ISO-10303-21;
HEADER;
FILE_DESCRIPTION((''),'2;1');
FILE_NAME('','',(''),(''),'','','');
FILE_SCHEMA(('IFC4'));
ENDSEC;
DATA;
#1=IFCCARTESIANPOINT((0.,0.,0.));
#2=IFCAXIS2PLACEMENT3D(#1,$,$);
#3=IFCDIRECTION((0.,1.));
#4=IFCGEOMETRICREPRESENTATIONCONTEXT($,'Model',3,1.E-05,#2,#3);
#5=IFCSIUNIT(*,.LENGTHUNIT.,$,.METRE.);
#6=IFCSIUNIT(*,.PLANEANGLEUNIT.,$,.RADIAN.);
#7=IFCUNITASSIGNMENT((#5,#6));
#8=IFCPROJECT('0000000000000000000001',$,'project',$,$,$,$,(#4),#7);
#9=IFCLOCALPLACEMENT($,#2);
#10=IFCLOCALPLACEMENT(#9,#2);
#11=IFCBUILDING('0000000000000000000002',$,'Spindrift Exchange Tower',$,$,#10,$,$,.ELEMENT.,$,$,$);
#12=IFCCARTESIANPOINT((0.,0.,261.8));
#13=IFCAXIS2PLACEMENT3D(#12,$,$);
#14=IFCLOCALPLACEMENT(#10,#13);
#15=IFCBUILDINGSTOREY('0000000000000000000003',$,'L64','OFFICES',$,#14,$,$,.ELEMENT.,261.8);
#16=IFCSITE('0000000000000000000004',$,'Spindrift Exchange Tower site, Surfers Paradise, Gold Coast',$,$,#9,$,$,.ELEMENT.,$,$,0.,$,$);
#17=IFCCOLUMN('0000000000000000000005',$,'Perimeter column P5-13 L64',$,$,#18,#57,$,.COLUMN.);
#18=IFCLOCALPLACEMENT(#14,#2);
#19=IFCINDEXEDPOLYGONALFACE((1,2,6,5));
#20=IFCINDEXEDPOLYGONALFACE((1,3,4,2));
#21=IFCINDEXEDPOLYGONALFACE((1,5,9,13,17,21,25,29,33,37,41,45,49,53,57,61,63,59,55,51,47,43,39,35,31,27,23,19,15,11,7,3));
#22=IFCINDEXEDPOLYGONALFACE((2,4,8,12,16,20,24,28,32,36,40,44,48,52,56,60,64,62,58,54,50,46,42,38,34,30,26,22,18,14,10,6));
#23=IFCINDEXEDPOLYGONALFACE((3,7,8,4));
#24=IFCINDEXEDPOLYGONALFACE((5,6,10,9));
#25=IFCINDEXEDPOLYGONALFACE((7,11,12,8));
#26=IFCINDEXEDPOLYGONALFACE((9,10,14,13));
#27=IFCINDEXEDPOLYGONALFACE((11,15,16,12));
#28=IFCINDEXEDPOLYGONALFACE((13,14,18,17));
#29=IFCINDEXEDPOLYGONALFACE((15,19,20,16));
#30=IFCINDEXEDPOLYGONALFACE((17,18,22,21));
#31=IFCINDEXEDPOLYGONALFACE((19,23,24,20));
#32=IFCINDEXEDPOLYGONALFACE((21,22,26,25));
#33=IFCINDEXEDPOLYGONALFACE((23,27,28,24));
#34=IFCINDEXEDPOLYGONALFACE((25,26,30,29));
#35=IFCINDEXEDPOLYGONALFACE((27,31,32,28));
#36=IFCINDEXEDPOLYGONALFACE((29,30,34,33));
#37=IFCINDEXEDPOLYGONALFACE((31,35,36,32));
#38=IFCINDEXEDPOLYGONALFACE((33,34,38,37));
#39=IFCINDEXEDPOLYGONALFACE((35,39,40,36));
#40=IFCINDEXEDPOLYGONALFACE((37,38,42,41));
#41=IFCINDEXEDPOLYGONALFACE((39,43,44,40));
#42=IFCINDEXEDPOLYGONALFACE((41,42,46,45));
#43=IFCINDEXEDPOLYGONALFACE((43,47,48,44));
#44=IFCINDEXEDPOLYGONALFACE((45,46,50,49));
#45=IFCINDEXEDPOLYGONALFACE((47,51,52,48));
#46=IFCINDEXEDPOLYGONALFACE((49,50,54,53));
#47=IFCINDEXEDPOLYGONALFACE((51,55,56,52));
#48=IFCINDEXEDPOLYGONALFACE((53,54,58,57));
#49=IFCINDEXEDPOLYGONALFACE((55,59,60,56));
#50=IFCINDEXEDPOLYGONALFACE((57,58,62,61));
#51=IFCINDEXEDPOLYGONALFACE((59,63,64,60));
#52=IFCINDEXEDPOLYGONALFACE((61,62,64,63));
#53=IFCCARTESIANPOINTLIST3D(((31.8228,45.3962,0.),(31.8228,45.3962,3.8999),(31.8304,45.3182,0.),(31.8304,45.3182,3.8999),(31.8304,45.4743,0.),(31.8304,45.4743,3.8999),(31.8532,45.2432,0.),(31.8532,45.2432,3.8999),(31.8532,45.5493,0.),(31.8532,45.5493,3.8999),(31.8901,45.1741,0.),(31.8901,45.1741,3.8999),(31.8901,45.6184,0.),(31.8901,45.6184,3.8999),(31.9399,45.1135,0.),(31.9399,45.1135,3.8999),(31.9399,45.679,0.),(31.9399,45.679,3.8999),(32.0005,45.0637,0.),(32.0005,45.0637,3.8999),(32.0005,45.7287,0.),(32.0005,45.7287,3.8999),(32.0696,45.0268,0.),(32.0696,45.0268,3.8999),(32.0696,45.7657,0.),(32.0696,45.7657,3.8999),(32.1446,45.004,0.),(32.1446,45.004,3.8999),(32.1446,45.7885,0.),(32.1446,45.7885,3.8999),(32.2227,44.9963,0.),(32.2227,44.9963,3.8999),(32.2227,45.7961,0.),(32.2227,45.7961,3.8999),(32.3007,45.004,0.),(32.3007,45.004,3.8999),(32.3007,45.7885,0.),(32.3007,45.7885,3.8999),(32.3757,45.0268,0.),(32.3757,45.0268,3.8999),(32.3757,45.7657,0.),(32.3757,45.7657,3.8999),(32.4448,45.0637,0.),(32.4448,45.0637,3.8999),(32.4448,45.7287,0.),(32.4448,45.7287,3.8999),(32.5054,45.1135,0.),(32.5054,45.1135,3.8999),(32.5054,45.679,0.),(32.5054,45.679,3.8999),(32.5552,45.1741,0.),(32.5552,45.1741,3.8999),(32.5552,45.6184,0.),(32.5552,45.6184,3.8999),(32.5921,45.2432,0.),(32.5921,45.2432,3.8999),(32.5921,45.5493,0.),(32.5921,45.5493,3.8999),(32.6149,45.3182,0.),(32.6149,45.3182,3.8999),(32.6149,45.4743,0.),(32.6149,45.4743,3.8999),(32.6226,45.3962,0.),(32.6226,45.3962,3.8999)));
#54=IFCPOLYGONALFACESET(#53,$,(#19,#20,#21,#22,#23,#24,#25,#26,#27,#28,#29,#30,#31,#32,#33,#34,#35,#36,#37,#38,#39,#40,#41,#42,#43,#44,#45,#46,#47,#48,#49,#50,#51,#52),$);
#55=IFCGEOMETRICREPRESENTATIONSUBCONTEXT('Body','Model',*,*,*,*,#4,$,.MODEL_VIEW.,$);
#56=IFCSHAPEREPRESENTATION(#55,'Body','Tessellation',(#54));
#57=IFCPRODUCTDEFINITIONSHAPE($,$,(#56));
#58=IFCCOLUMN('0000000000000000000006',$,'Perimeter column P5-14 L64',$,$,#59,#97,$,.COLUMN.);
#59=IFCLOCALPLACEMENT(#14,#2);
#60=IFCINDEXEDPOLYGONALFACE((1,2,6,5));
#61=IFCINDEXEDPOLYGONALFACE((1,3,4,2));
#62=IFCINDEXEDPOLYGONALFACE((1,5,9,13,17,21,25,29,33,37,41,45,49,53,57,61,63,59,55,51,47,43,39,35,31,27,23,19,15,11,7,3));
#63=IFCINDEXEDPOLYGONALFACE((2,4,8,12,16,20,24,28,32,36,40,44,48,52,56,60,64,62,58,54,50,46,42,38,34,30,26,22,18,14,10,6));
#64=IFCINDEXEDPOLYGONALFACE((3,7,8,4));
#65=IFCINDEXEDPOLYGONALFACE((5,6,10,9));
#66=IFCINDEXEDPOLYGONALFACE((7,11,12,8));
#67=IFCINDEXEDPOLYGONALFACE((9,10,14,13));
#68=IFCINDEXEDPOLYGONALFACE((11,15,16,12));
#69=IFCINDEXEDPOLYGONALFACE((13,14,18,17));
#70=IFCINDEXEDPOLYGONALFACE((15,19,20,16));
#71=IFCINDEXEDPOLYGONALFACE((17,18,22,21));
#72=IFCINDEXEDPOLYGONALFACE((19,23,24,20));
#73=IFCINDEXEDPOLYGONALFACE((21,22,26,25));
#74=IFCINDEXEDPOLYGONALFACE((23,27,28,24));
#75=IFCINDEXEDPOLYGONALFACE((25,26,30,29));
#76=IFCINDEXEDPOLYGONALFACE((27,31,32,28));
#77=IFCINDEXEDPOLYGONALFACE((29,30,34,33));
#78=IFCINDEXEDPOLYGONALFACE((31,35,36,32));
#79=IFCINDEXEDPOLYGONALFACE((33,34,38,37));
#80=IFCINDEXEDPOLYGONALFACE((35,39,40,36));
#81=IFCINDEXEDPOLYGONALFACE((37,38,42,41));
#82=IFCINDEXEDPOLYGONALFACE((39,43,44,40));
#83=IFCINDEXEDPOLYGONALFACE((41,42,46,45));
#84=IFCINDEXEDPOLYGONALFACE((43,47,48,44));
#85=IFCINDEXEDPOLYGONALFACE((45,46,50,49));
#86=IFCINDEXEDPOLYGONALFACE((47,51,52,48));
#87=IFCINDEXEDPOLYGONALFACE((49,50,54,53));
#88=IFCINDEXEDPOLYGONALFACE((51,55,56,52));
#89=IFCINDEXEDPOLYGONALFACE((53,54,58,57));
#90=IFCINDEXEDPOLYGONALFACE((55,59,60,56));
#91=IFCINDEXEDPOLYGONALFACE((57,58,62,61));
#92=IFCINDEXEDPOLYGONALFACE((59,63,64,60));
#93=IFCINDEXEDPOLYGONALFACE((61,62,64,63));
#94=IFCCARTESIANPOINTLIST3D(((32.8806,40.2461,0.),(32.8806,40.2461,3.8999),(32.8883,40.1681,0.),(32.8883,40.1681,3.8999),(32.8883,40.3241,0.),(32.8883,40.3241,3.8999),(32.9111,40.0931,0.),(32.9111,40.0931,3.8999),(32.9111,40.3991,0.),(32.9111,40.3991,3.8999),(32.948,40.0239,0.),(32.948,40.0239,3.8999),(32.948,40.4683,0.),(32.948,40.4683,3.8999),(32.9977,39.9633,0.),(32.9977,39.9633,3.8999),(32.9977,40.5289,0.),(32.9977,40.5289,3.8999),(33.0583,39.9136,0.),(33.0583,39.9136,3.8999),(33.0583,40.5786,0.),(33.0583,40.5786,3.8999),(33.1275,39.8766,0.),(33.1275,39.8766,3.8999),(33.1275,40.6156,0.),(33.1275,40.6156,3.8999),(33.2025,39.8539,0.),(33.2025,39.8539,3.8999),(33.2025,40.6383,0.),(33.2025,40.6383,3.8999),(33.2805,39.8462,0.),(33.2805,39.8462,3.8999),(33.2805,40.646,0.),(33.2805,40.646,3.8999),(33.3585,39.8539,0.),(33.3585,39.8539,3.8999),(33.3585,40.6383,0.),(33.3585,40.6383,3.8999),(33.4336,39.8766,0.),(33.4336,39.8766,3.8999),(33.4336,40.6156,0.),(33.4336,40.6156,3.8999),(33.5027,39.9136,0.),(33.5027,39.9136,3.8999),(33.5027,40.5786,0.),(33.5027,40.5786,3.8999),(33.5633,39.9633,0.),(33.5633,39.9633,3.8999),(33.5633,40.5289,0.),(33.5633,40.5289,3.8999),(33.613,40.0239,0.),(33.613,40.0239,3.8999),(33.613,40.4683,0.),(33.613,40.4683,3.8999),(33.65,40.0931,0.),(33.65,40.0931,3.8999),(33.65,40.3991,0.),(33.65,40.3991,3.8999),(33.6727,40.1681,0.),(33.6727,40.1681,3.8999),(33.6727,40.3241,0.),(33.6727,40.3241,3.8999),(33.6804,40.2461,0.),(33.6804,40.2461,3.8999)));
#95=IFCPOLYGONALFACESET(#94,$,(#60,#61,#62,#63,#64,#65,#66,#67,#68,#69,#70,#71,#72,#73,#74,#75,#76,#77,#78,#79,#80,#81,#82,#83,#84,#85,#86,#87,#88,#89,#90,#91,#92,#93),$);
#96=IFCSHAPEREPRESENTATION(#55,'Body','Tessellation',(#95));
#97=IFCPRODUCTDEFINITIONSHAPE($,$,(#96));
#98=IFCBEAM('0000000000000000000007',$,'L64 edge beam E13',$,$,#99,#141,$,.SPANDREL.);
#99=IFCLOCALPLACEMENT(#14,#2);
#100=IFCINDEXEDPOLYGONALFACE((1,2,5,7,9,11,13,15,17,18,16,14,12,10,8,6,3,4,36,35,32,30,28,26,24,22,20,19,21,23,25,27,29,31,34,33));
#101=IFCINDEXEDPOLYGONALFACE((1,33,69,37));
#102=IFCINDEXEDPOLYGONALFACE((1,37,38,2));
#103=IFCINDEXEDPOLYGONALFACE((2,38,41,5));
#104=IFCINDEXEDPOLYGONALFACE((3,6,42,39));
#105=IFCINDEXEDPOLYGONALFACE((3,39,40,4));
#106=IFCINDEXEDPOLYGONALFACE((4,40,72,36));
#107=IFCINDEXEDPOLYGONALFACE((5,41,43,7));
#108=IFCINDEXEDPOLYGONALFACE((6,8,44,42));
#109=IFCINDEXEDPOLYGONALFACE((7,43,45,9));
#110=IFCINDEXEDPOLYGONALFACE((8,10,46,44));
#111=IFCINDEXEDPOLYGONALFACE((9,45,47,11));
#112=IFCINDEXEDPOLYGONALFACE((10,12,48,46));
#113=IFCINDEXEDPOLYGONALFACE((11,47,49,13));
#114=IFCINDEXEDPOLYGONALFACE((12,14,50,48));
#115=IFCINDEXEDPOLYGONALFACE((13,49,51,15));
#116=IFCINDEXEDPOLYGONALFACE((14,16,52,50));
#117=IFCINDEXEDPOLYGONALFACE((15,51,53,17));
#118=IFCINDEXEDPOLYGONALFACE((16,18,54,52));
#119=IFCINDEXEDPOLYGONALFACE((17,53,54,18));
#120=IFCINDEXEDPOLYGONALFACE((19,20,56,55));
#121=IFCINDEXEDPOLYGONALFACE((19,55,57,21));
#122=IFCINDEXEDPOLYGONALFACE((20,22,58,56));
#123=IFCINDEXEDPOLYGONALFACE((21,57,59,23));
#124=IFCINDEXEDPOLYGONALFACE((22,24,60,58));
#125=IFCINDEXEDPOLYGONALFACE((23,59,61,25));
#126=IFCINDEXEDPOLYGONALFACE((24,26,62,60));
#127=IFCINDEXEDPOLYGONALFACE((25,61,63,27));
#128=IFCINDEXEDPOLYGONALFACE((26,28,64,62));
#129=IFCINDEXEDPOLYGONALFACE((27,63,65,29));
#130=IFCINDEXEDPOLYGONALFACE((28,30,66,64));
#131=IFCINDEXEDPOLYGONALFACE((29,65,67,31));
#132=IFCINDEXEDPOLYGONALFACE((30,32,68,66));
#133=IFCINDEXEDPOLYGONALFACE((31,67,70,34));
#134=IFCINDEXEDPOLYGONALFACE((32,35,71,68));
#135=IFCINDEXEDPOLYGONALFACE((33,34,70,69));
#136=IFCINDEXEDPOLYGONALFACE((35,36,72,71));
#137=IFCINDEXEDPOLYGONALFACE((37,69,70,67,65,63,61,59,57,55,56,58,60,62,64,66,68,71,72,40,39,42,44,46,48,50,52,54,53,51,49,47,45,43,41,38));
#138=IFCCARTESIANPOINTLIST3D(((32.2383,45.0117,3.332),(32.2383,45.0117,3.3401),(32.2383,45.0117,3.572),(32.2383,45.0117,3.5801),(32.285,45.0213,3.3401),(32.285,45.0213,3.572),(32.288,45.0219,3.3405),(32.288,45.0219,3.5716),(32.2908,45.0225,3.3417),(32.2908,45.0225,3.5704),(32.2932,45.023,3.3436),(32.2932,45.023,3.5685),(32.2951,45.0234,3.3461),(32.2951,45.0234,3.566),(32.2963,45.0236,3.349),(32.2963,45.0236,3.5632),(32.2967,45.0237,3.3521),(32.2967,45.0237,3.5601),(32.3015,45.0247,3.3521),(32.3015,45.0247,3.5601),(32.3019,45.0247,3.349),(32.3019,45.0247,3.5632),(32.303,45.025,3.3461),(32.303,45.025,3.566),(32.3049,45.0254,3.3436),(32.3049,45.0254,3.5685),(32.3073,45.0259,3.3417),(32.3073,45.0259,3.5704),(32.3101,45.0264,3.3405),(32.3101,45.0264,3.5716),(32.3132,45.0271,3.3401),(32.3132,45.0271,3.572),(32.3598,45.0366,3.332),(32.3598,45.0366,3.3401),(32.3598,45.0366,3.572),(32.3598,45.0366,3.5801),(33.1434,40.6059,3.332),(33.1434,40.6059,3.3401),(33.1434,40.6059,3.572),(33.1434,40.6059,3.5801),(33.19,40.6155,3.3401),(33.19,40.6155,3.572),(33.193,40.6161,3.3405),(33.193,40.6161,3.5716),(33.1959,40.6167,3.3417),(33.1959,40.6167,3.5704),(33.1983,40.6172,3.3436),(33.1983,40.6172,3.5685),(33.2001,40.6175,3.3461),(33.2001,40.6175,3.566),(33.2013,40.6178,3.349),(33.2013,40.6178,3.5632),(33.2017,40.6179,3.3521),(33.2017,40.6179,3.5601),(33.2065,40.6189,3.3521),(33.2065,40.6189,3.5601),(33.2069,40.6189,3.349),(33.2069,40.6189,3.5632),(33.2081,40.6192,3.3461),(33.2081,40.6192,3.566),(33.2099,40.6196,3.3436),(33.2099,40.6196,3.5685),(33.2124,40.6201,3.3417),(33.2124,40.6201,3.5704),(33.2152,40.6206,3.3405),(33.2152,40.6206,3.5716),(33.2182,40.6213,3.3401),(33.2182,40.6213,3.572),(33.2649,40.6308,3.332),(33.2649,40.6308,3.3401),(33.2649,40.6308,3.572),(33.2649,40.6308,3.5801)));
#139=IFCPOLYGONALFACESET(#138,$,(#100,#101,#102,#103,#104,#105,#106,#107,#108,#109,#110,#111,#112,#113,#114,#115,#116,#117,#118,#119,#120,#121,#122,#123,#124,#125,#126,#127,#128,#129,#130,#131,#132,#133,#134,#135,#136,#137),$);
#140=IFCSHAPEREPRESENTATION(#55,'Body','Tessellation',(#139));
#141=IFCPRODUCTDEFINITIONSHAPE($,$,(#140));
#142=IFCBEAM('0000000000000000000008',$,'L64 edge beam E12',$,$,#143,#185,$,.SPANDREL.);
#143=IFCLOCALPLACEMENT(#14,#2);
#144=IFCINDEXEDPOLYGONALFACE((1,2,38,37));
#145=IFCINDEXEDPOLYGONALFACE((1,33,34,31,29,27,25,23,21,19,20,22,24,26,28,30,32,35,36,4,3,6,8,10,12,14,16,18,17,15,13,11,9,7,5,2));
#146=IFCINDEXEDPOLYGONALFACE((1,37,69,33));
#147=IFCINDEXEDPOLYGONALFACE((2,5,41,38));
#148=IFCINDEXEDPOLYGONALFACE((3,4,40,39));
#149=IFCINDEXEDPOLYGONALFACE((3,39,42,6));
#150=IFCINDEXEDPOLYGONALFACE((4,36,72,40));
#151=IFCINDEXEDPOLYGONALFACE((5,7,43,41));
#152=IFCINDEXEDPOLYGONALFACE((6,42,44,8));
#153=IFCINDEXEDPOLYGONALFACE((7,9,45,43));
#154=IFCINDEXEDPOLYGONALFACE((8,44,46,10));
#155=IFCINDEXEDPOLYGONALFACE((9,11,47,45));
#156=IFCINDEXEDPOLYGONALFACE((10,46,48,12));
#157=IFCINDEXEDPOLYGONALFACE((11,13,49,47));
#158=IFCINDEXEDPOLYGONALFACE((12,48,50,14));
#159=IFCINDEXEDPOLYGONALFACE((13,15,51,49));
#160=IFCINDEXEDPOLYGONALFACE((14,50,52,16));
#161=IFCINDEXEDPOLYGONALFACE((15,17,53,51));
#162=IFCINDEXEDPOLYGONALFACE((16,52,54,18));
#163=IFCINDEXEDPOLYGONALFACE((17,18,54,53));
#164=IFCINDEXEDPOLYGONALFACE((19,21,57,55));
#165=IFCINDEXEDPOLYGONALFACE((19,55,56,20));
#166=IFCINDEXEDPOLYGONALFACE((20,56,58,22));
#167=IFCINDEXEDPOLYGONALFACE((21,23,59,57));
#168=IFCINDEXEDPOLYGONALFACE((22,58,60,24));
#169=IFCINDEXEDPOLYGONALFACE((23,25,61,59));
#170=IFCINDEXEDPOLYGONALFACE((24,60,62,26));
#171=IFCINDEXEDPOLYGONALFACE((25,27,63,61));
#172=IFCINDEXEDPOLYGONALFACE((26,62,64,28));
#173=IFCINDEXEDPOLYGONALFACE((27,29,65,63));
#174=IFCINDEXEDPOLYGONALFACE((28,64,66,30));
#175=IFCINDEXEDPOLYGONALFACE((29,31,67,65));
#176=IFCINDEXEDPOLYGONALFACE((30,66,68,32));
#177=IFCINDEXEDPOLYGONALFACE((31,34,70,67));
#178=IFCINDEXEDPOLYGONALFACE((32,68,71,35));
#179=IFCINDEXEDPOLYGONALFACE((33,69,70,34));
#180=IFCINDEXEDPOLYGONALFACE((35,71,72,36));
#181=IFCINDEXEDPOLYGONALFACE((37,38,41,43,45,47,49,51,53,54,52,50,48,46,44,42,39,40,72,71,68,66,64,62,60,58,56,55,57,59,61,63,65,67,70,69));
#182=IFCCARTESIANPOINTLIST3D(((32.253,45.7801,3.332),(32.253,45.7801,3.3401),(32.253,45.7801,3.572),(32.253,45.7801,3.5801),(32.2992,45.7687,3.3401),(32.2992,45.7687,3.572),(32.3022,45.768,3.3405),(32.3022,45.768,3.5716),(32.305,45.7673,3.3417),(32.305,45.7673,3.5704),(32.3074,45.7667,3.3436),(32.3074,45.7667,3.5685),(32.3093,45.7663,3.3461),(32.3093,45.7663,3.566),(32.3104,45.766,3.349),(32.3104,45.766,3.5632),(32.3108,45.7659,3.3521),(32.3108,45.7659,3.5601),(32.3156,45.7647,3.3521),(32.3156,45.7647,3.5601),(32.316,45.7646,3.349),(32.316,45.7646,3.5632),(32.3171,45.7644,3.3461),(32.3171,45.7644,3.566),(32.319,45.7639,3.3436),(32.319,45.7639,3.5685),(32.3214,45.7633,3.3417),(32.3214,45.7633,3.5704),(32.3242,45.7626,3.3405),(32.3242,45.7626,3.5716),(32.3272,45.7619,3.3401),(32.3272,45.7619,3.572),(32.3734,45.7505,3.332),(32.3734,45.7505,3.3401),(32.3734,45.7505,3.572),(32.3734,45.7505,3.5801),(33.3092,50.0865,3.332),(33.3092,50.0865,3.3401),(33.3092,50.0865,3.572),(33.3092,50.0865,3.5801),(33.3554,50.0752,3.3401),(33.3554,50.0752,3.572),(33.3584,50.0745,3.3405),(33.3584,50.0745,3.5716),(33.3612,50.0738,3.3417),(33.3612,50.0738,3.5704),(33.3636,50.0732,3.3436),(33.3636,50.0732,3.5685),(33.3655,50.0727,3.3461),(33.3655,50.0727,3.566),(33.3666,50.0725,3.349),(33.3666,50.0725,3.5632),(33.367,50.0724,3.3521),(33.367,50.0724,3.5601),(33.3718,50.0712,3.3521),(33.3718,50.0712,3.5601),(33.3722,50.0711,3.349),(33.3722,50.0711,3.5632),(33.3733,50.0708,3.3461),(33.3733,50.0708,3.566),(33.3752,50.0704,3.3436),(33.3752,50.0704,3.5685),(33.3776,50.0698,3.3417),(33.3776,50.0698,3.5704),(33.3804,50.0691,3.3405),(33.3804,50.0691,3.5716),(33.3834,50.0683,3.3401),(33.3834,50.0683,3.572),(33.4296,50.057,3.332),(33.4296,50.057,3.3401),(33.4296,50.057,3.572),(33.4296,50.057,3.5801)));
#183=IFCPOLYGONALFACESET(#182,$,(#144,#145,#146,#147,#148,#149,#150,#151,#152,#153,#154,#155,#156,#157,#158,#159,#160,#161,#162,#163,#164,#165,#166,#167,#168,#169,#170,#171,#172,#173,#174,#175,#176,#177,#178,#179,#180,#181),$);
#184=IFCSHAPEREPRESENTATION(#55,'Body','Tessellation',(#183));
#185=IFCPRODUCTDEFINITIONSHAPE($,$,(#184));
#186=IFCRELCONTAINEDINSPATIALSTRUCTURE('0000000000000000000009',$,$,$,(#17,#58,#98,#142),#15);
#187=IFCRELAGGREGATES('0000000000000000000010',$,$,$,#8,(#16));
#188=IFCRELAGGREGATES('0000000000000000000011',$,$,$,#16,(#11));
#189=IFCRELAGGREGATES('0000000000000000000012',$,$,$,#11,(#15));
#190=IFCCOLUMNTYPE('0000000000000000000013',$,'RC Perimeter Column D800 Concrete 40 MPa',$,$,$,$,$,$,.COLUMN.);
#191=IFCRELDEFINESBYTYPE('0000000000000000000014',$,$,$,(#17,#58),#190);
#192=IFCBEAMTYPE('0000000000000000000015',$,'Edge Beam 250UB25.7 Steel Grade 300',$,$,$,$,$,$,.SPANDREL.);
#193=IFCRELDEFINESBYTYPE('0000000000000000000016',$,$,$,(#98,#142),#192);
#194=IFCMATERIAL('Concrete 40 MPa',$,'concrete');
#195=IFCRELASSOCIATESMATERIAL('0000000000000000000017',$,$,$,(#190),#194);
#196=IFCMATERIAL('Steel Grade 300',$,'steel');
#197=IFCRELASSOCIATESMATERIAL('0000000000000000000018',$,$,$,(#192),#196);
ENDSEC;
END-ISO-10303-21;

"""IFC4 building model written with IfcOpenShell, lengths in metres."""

from ifc_helpers import new_model, si_unit, direction, frame, origin, origin_2d, place, context, subcontext, project, spatial, circle, i_section, extrude, source, transform, mapped, material, material_profile, profile_set, type_object, element, save


model = new_model("IFC4")

# Units and contexts
model_context = context("Model", 3, precision=1e-05, world=origin(), true_north=direction((0.0, 1.0)))
body_context = subcontext(model_context, "Body", "Model", "MODEL_VIEW")
ifc_project = project(units=[si_unit("LENGTHUNIT", "METRE"), si_unit("PLANEANGLEUNIT", "RADIAN")], contexts=[model_context])

# Site, building, storey
site_placement = place(None, origin())
site = spatial("IfcSite", under=ifc_project, at=site_placement, Name="Spindrift Exchange Tower site, Surfers Paradise, Gold Coast", CompositionType="ELEMENT", RefElevation=0.0)
building_placement = place(site_placement, origin())
building = spatial("IfcBuilding", under=site, at=building_placement, Name="Spindrift Exchange Tower", CompositionType="ELEMENT")
storey_placement = place(building_placement, frame((0.0, 0.0, 261.8)))
storey = spatial("IfcBuildingStorey", under=building, at=storey_placement, Name="L64", Description="OFFICES", CompositionType="ELEMENT", Elevation=261.8)

# Columns
ifc_material_1 = material(Name="Concrete 40 MPa", Category="concrete")
ifc_material_profile_1 = material_profile(ifc_material_1, circle(Radius=0.3999, at=origin_2d()), Name="RC D800")
ifc_profile_set_1 = profile_set([ifc_material_profile_1], Name="Concrete 40 MPa")
column_type = type_object("IfcColumnType", Name="RC Perimeter Column D800 Concrete 40 MPa", PredefinedType="COLUMN", material=ifc_profile_set_1)
shared_shape_1 = source(origin(), body_context, "Body", "SweptSolid", [
    extrude(circle(Radius=0.3999, at=origin_2d()), origin(), (0.0, 0.0, 1.0), 3.8999),
])
for number, where, z_axis, x_axis, name in (
    (1, (32.2227, 45.3962, 0.0), (0.0, 0.0, 1.0), (1.0, 0.0, 0.0), "Perimeter column P5-13 L64"),
    (2, (33.2805, 40.2461, 0.0), (0.0, 0.0, 1.0), (1.0, 0.0, 0.0), "Perimeter column P5-14 L64"),
):
    element("IfcColumn", number, at=place(storey_placement, frame(where, z_axis=z_axis, x_axis=x_axis)), inside=storey, type_object=column_type, Name=name, PredefinedType="COLUMN", context=body_context, shape_type="MappedRepresentation", body=[
        mapped(shared_shape_1, transform((0.0, 0.0, 0.0), scale=1.0)),
    ])

# Beams
ifc_material_2 = material(Name="Steel Grade 300", Category="steel")
ifc_material_profile_2 = material_profile(ifc_material_2, i_section(OverallWidth=0.124, OverallDepth=0.248, WebThickness=0.0049, FlangeThickness=0.0081, FilletRadius=0.012, at=origin_2d()), Name="250UB25.7")
ifc_profile_set_2 = profile_set([ifc_material_profile_2], Name="Steel Grade 300")
beam_type_1 = type_object("IfcBeamType", Name="Edge Beam 250UB25.7 Steel Grade 300", PredefinedType="SPANDREL", material=ifc_profile_set_2)
shared_shape_2 = source(origin(), body_context, "Body", "SweptSolid", [
    extrude(i_section(OverallWidth=0.124, OverallDepth=0.248, WebThickness=0.0049, FlangeThickness=0.0081, FilletRadius=0.012, at=origin_2d()), origin(), (0.0, 0.0, 1.0), 4.4978),
])
beam_1_placement = place(storey_placement, frame((32.2991, 45.0242, 3.4561), z_axis=(0.201218, -0.979546, 0.0), x_axis=(0.979546, 0.201218, 0.0)))
element("IfcBeam", 3, at=beam_1_placement, inside=storey, type_object=beam_type_1, Name="L64 edge beam E13", PredefinedType="SPANDREL", context=body_context, shape_type="MappedRepresentation", body=[
    mapped(shared_shape_2, transform((0.0, 0.0, 0.0), scale=1.0)),
])
shared_shape_3 = source(origin(), body_context, "Body", "SweptSolid", [
    extrude(i_section(OverallWidth=0.124, OverallDepth=0.248, WebThickness=0.0049, FlangeThickness=0.0081, FilletRadius=0.012, at=origin_2d()), origin(), (0.0, 0.0, 1.0), 4.4341),
])
beam_2_placement = place(storey_placement, frame((33.3694, 50.0718, 3.4561), z_axis=(-0.238193, -0.971218, 0.0), x_axis=(0.971218, -0.238193, 0.0)))
element("IfcBeam", 4, at=beam_2_placement, inside=storey, type_object=beam_type_1, Name="L64 edge beam E12", PredefinedType="SPANDREL", context=body_context, shape_type="MappedRepresentation", body=[
    mapped(shared_shape_3, transform((0.0, 0.0, 0.0), scale=1.0)),
])

save(model, "model.ifc")
